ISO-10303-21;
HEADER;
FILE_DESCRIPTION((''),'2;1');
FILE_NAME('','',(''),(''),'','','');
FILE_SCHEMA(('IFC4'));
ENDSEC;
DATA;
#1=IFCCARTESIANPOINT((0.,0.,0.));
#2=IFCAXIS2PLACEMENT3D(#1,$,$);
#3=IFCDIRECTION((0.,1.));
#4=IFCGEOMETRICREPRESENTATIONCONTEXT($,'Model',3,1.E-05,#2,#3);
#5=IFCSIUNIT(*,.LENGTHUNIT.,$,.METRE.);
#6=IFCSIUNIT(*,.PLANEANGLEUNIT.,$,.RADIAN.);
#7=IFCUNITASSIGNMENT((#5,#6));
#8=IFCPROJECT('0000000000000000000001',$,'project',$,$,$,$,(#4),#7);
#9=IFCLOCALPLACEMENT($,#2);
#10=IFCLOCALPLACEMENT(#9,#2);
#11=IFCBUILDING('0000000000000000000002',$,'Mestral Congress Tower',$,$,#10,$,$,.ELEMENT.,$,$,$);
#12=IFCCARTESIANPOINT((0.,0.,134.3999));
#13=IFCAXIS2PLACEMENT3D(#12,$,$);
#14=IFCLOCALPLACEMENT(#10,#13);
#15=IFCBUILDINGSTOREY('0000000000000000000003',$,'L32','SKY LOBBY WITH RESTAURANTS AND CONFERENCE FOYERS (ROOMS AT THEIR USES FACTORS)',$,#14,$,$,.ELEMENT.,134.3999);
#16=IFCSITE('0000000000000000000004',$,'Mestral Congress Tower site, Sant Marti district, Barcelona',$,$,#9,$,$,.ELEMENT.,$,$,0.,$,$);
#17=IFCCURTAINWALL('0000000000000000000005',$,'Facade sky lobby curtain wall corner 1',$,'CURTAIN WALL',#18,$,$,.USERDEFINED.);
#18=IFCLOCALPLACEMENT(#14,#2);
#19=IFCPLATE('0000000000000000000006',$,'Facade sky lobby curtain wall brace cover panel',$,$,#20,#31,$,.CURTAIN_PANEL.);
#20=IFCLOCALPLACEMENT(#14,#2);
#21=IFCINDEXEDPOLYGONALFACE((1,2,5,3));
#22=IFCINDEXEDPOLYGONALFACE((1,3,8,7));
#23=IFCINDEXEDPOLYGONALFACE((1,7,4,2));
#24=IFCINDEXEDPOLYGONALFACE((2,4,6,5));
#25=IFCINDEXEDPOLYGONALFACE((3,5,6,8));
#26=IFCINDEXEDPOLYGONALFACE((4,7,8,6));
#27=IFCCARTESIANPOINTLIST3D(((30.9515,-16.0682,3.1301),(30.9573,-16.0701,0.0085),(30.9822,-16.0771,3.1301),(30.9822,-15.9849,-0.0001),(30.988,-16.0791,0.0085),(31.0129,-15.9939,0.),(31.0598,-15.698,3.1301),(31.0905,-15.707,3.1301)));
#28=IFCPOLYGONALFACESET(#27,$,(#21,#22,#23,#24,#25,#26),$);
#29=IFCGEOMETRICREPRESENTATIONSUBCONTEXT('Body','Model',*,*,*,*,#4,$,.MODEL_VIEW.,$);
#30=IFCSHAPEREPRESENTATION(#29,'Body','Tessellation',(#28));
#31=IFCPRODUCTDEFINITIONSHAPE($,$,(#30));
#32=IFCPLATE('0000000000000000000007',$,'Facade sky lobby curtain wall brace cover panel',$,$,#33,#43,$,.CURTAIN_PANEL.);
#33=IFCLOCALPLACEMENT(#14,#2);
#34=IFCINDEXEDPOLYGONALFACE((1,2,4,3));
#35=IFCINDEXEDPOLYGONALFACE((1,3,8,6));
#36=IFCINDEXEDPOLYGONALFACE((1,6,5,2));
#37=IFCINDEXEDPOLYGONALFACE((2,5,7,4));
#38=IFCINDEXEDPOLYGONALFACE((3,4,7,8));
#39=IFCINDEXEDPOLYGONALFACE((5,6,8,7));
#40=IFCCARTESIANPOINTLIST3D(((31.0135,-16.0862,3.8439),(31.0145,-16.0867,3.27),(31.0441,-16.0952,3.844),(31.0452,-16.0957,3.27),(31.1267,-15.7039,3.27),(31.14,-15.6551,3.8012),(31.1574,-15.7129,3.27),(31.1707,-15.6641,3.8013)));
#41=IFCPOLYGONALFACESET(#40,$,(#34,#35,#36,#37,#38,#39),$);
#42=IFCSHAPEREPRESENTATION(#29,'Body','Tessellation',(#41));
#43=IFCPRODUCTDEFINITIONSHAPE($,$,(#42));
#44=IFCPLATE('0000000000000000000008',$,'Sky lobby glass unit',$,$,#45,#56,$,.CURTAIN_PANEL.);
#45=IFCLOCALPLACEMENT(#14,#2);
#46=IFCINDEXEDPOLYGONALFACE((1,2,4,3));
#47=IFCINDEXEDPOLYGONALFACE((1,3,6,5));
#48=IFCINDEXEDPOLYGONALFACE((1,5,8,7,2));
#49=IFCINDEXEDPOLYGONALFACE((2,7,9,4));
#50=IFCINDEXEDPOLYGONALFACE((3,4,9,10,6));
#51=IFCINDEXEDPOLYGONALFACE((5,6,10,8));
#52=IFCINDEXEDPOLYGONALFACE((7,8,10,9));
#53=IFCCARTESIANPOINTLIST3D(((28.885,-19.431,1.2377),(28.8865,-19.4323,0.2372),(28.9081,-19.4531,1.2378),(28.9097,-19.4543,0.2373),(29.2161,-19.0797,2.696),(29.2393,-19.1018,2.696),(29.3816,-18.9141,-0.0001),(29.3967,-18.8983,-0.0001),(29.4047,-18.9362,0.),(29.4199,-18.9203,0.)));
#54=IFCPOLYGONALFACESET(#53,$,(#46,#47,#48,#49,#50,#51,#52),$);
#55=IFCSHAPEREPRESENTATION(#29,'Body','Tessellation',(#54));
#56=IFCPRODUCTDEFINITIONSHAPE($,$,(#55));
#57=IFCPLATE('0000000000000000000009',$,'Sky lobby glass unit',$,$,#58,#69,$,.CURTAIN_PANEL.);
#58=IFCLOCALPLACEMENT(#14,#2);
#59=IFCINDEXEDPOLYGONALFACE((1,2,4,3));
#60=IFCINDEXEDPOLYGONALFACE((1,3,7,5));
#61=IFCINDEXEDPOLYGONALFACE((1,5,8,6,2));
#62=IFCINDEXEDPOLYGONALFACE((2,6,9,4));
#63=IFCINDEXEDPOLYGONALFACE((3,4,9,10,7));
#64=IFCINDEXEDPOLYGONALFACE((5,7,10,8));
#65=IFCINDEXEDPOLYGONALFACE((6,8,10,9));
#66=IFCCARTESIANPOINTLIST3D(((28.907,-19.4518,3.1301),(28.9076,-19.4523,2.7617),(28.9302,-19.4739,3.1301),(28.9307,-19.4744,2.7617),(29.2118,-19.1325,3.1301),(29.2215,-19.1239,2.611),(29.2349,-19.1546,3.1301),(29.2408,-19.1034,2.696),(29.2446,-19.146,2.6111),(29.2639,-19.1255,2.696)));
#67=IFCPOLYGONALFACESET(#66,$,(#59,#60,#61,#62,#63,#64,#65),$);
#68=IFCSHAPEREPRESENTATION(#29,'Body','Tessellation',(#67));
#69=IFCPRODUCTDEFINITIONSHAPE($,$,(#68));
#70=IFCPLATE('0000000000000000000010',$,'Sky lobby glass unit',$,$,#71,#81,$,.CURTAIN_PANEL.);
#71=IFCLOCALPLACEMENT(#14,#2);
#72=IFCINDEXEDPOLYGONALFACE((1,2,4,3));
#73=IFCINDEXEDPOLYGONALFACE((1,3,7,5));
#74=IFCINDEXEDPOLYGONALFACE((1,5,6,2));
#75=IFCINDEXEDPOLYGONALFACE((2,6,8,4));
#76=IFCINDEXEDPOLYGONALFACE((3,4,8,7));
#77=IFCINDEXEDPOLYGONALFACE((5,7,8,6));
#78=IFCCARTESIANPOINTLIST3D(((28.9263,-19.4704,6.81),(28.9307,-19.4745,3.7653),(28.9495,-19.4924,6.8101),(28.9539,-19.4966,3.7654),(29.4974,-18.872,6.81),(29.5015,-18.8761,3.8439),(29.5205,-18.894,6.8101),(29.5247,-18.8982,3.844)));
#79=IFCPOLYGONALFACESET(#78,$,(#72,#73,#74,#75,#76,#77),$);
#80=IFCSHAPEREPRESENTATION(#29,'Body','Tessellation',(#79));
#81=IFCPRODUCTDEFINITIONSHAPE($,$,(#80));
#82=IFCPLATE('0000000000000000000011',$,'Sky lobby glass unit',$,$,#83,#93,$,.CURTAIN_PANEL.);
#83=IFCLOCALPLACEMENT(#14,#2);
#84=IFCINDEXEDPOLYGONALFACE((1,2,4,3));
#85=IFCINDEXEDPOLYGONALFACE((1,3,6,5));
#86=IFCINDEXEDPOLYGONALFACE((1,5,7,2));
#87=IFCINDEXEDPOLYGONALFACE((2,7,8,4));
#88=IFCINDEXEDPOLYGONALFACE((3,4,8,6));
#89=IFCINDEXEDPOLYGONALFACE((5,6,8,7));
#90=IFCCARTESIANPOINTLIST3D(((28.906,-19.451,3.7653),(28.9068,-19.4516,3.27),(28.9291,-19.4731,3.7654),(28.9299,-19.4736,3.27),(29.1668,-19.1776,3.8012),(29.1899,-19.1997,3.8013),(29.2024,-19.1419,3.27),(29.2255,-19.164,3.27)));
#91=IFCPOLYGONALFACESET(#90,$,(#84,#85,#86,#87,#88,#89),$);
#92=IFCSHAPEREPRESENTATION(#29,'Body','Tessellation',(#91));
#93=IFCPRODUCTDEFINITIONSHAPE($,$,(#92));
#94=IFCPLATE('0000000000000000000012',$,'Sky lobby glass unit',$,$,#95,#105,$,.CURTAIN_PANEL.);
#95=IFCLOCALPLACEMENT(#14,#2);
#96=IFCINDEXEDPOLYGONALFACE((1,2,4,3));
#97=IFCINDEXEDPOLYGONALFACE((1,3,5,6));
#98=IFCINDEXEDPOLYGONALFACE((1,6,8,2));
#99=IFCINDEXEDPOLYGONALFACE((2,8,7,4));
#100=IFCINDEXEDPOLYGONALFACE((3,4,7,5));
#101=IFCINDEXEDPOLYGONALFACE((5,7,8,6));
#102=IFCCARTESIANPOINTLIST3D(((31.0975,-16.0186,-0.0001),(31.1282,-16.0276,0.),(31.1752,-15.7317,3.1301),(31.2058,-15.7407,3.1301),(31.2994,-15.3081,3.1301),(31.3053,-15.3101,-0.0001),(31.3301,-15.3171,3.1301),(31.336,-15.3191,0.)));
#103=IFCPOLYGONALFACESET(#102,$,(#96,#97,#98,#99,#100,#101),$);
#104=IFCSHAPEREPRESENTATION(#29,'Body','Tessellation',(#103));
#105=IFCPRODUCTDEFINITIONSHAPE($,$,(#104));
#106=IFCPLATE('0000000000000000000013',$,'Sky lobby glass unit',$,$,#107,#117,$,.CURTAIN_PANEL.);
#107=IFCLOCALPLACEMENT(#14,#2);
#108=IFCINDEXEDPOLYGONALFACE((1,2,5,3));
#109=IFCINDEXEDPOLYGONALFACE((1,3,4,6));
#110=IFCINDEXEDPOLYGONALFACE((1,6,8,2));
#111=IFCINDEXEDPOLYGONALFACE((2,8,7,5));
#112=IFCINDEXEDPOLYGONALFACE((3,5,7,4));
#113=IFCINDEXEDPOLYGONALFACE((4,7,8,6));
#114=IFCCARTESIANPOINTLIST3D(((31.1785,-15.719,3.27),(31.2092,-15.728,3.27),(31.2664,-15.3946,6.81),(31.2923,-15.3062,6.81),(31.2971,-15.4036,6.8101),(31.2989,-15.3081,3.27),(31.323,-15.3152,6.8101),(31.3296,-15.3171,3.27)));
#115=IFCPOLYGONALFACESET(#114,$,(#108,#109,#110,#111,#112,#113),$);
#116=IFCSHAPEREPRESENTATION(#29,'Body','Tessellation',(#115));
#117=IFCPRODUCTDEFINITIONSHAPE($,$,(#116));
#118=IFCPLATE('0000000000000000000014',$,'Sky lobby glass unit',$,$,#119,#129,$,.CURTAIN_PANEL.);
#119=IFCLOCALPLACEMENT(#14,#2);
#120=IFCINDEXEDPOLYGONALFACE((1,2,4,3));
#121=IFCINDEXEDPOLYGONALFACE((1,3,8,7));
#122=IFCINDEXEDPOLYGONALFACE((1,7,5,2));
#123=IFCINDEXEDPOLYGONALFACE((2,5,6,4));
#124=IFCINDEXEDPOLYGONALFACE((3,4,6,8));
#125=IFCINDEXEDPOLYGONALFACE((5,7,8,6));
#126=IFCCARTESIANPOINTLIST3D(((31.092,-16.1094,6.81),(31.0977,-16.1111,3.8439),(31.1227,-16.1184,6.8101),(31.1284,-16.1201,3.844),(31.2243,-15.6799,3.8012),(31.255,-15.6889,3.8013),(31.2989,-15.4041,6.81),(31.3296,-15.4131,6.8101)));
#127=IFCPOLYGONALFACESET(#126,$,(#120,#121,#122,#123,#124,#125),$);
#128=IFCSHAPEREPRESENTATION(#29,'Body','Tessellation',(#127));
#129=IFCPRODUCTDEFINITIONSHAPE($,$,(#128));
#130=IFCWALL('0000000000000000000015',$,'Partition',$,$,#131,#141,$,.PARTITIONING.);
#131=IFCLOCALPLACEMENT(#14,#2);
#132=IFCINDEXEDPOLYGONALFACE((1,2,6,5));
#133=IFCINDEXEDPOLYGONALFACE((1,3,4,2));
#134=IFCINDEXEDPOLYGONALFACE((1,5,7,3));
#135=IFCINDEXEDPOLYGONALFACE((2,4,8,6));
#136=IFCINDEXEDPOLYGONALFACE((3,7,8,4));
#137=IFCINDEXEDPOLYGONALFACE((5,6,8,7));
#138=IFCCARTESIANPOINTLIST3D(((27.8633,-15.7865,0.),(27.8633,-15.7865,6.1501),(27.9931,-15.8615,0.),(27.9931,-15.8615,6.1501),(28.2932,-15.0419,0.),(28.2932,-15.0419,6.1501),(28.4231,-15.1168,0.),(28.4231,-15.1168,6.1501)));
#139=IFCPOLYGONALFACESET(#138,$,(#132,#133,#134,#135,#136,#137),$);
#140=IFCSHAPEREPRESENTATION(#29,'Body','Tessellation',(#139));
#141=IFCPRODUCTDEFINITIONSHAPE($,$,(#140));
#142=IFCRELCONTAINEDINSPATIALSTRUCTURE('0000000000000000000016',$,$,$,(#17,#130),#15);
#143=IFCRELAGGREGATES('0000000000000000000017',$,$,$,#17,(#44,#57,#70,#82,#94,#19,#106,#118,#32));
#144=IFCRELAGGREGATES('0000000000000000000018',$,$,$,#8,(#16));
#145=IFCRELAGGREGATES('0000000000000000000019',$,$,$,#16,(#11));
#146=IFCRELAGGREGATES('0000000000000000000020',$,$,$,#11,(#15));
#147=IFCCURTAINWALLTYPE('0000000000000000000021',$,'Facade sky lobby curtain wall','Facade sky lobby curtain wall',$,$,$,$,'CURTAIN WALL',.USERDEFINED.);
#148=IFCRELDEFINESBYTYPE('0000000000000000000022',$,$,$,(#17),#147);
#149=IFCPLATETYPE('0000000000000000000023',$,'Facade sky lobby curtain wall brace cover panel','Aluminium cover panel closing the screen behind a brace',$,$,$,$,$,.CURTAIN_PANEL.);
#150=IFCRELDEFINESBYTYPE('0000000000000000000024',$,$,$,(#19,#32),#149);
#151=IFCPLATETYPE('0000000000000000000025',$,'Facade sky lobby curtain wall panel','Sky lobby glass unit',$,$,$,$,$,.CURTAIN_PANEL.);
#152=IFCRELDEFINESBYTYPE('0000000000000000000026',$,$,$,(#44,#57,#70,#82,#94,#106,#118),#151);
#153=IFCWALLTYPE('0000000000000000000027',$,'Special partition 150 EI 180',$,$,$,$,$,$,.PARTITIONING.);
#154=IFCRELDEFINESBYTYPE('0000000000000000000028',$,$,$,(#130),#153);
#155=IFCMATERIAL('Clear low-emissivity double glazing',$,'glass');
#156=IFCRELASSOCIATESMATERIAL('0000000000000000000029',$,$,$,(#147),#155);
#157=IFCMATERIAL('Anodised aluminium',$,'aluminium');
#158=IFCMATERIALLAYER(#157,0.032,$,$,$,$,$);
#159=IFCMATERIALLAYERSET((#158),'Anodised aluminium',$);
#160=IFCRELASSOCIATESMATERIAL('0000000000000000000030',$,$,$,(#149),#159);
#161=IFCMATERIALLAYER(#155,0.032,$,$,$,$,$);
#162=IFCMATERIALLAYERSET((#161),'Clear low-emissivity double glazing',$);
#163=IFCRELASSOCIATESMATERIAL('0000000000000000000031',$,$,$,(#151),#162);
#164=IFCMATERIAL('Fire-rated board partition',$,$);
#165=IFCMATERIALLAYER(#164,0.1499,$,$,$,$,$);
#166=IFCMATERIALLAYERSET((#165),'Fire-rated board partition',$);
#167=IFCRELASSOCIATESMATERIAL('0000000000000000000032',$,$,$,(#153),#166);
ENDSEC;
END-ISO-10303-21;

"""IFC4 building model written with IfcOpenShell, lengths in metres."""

from ifc_helpers import new_model, si_unit, direction, frame, frame_2d, origin, place, context, subcontext, project, spatial, polyline, rectangle, outline, extrude, material, layer, layer_set, type_object, element, aggregate, save


model = new_model("IFC4")

# Units and contexts
model_context = context("Model", 3, precision=1e-05, world=origin(), true_north=direction((0.0, 1.0)))
body_context = subcontext(model_context, "Body", "Model", "MODEL_VIEW")
ifc_project = project(units=[si_unit("LENGTHUNIT", "METRE"), si_unit("PLANEANGLEUNIT", "RADIAN")], contexts=[model_context])

# Site, building, storey
site_placement = place(None, origin())
site = spatial("IfcSite", under=ifc_project, at=site_placement, Name="Mestral Congress Tower site, Sant Marti district, Barcelona", CompositionType="ELEMENT", RefElevation=0.0)
building_placement = place(site_placement, origin())
building = spatial("IfcBuilding", under=site, at=building_placement, Name="Mestral Congress Tower", CompositionType="ELEMENT")
storey_placement = place(building_placement, frame((0.0, 0.0, 134.3999)))
storey = spatial("IfcBuildingStorey", under=building, at=storey_placement, Name="L32", Description="SKY LOBBY WITH RESTAURANTS AND CONFERENCE FOYERS (ROOMS AT THEIR USES FACTORS)", CompositionType="ELEMENT", Elevation=134.3999)

# Curtain wall
ifc_material_1 = material(Name="Clear low-emissivity double glazing", Category="glass")
curtain_wall_type = type_object("IfcCurtainWallType", Name="Facade sky lobby curtain wall", Description="Facade sky lobby curtain wall", ElementType="CURTAIN WALL", PredefinedType="USERDEFINED", material=ifc_material_1)
curtain_wall_placement = place(storey_placement, origin())
curtain_wall = element("IfcCurtainWall", 1, at=curtain_wall_placement, inside=storey, type_object=curtain_wall_type, Name="Facade sky lobby curtain wall corner 1", ObjectType="CURTAIN WALL", PredefinedType="USERDEFINED")
ifc_material_2 = material(Name="Anodised aluminium", Category="aluminium")

# Plates
ifc_layer_1 = layer(ifc_material_2, 0.032)
ifc_layer_set_1 = layer_set([ifc_layer_1], Name="Anodised aluminium")
plate_type_1 = type_object("IfcPlateType", Name="Facade sky lobby curtain wall brace cover panel", Description="Aluminium cover panel closing the screen behind a brace", PredefinedType="CURTAIN_PANEL", material=ifc_layer_set_1)
plate_1_placement = place(storey_placement, frame((30.9822, -16.0771, 3.1301), z_axis=(0.959725, -0.280934, 0.00196), x_axis=(0.280934, 0.959727, 0.0)))
plate_1 = element("IfcPlate", 2, at=plate_1_placement, type_object=plate_type_1, Name="Facade sky lobby curtain wall brace cover panel", PredefinedType="CURTAIN_PANEL", context=body_context, shape_type="SweptSolid", body=[
    extrude(outline(polyline([(0.0, 0.0), (0.3857, 0.0), (0.0885, -3.1301), (-0.0002, -3.1216), (0.0, 0.0)])), origin(), (0.0, 0.0, -1.0), 0.032),
])
plate_2_placement = place(storey_placement, frame((31.0452, -16.0957, 3.27), z_axis=(0.959593, -0.281386, 0.001957), x_axis=(-0.001783, 0.000875, 0.999998)))
plate_2 = element("IfcPlate", 3, at=plate_2_placement, type_object=plate_type_1, Name="Facade sky lobby curtain wall brace cover panel", PredefinedType="CURTAIN_PANEL", context=body_context, shape_type="SweptSolid", body=[
    extrude(outline(polyline([(0.0, 0.0), (0.574, 0.0), (0.5314, -0.4493), (0.0001, -0.3989), (0.0, 0.0)])), origin(), (0.0, 0.0, -1.0), 0.032),
])
ifc_layer_2 = layer(ifc_material_1, 0.032)
ifc_layer_set_2 = layer_set([ifc_layer_2], Name="Clear low-emissivity double glazing")
plate_type_2 = type_object("IfcPlateType", Name="Facade sky lobby curtain wall panel", Description="Sky lobby glass unit", PredefinedType="CURTAIN_PANEL", material=ifc_layer_set_2)
plate_3_placement = place(storey_placement, frame((28.9097, -19.4543, 0.2373), z_axis=(0.723491, -0.690331, 0.002), x_axis=(-0.001536, 0.001288, 0.999998)))
plate_3 = element("IfcPlate", 4, at=plate_3_placement, type_object=plate_type_2, Name="Sky lobby glass unit", PredefinedType="CURTAIN_PANEL", context=body_context, shape_type="SweptSolid", body=[
    extrude(outline(polyline([(0.0, 0.0), (1.0005, 0.0), (2.4587, -0.4829), (-0.2374, -0.7385), (-0.2374, -0.7166), (0.0, 0.0)])), origin(), (0.0, 0.0, -1.0), 0.032),
])
plate_4_placement = place(storey_placement, frame((29.2446, -19.146, 2.6111), z_axis=(0.723395, -0.690431, 0.002096), x_axis=(-0.655826, -0.686182, 0.314718)))
plate_4 = element("IfcPlate", 5, at=plate_4_placement, type_object=plate_type_2, Name="Sky lobby glass unit", PredefinedType="CURTAIN_PANEL", context=body_context, shape_type="SweptSolid", body=[
    extrude(outline(polyline([(0.0, 0.0), (0.4786, 0.0), (0.5946, -0.3497), (0.1756, -0.4886), (0.0, -0.0895), (0.0, 0.0)])), origin(), (0.0, 0.0, -1.0), 0.032),
])
plate_5_placement = place(storey_placement, frame((29.5205, -18.894, 6.8101), z_axis=(0.72345, -0.690374, 0.001982), x_axis=(0.001402, -0.001402, -0.999998)))
plate_5 = element("IfcPlate", 6, at=plate_5_placement, type_object=plate_type_2, Name="Sky lobby glass unit", PredefinedType="CURTAIN_PANEL", context=body_context, shape_type="SweptSolid", body=[
    extrude(outline(polyline([(0.0, 0.0), (2.9661, 0.0), (3.0447, -0.827), (0.0, -0.8271), (0.0, 0.0)])), origin(), (0.0, 0.0, -1.0), 0.032),
])
plate_6_placement = place(storey_placement, frame((28.9299, -19.4736, 3.27), z_axis=(0.723362, -0.690466, 0.001987), x_axis=(-0.00165, 0.001149, 0.999998)))
plate_6 = element("IfcPlate", 7, at=plate_6_placement, type_object=plate_type_2, Name="Sky lobby glass unit", PredefinedType="CURTAIN_PANEL", context=body_context, shape_type="SweptSolid", body=[
    extrude(outline(polyline([(0.0, 0.0), (0.4954, 0.0), (0.5311, -0.3778), (-0.0001, -0.4281), (0.0, 0.0)])), origin(), (0.0, 0.0, -1.0), 0.032),
])
plate_7_placement = place(storey_placement, frame((31.3301, -15.3171, 3.1301), z_axis=(0.959578, -0.281437, 0.001982), x_axis=(0.001882, -0.000627, -0.999998)))
plate_7 = element("IfcPlate", 8, at=plate_7_placement, type_object=plate_type_2, Name="Sky lobby glass unit", PredefinedType="CURTAIN_PANEL", context=body_context, shape_type="SweptSolid", body=[
    extrude(outline(polyline([(0.0, 0.0), (3.1301, 0.0), (3.1302, -0.7383), (0.0, -0.4414), (0.0, 0.0)])), origin(), (0.0, 0.0, -1.0), 0.032),
])
plate_8_placement = place(storey_placement, frame((31.323, -15.3152, 6.8101), z_axis=(0.959677, -0.281099, 0.00194), x_axis=(0.00186, -0.000551, -0.999998)))
plate_8 = element("IfcPlate", 9, at=plate_8_placement, type_object=plate_type_2, Name="Sky lobby glass unit", PredefinedType="CURTAIN_PANEL", context=body_context, shape_type="SweptSolid", body=[
    extrude(outline(polyline([(0.0, 0.0), (3.54, 0.0), (3.54, -0.4282), (0.0, -0.0921), (0.0, 0.0)])), origin(), (0.0, 0.0, -1.0), 0.032),
])
plate_9_placement = place(storey_placement, frame((31.3296, -15.4131, 6.8101), z_axis=(0.959558, -0.281504, 0.002022), x_axis=(-0.024678, -0.091268, -0.995521)))
plate_9 = element("IfcPlate", 10, at=plate_9_placement, type_object=plate_type_2, Name="Sky lobby glass unit", PredefinedType="CURTAIN_PANEL", context=body_context, shape_type="SweptSolid", body=[
    extrude(outline(polyline([(0.0, 0.0), (3.0223, 0.0), (3.0223, -0.4514), (0.0695, -0.7317), (0.0, 0.0)])), origin(), (0.0, 0.0, -1.0), 0.032),
])
aggregate(curtain_wall, [plate_3, plate_4, plate_5, plate_6, plate_7, plate_1, plate_8, plate_9, plate_2])

# Wall
ifc_material_3 = material(Name="Fire-rated board partition")
ifc_layer_3 = layer(ifc_material_3, 0.1499)
ifc_layer_set_3 = layer_set([ifc_layer_3], Name="Fire-rated board partition")
wall_type = type_object("IfcWallType", Name="Special partition 150 EI 180", PredefinedType="PARTITIONING", material=ifc_layer_set_3)
wall_placement = place(storey_placement, frame((28.3582, -15.0793, 0.0), z_axis=(0.0, 0.0, 1.0), x_axis=(-0.500017, -0.866015, 0.0)))
element("IfcWall", 11, at=wall_placement, inside=storey, type_object=wall_type, Name="Partition", PredefinedType="PARTITIONING", context=body_context, shape_type="SweptSolid", body=[
    extrude(rectangle(XDim=0.8599, YDim=0.1499, at=frame_2d((0.4299, 0.0))), origin(), (0.0, 0.0, 1.0), 6.1501),
])

save(model, "model.ifc")
